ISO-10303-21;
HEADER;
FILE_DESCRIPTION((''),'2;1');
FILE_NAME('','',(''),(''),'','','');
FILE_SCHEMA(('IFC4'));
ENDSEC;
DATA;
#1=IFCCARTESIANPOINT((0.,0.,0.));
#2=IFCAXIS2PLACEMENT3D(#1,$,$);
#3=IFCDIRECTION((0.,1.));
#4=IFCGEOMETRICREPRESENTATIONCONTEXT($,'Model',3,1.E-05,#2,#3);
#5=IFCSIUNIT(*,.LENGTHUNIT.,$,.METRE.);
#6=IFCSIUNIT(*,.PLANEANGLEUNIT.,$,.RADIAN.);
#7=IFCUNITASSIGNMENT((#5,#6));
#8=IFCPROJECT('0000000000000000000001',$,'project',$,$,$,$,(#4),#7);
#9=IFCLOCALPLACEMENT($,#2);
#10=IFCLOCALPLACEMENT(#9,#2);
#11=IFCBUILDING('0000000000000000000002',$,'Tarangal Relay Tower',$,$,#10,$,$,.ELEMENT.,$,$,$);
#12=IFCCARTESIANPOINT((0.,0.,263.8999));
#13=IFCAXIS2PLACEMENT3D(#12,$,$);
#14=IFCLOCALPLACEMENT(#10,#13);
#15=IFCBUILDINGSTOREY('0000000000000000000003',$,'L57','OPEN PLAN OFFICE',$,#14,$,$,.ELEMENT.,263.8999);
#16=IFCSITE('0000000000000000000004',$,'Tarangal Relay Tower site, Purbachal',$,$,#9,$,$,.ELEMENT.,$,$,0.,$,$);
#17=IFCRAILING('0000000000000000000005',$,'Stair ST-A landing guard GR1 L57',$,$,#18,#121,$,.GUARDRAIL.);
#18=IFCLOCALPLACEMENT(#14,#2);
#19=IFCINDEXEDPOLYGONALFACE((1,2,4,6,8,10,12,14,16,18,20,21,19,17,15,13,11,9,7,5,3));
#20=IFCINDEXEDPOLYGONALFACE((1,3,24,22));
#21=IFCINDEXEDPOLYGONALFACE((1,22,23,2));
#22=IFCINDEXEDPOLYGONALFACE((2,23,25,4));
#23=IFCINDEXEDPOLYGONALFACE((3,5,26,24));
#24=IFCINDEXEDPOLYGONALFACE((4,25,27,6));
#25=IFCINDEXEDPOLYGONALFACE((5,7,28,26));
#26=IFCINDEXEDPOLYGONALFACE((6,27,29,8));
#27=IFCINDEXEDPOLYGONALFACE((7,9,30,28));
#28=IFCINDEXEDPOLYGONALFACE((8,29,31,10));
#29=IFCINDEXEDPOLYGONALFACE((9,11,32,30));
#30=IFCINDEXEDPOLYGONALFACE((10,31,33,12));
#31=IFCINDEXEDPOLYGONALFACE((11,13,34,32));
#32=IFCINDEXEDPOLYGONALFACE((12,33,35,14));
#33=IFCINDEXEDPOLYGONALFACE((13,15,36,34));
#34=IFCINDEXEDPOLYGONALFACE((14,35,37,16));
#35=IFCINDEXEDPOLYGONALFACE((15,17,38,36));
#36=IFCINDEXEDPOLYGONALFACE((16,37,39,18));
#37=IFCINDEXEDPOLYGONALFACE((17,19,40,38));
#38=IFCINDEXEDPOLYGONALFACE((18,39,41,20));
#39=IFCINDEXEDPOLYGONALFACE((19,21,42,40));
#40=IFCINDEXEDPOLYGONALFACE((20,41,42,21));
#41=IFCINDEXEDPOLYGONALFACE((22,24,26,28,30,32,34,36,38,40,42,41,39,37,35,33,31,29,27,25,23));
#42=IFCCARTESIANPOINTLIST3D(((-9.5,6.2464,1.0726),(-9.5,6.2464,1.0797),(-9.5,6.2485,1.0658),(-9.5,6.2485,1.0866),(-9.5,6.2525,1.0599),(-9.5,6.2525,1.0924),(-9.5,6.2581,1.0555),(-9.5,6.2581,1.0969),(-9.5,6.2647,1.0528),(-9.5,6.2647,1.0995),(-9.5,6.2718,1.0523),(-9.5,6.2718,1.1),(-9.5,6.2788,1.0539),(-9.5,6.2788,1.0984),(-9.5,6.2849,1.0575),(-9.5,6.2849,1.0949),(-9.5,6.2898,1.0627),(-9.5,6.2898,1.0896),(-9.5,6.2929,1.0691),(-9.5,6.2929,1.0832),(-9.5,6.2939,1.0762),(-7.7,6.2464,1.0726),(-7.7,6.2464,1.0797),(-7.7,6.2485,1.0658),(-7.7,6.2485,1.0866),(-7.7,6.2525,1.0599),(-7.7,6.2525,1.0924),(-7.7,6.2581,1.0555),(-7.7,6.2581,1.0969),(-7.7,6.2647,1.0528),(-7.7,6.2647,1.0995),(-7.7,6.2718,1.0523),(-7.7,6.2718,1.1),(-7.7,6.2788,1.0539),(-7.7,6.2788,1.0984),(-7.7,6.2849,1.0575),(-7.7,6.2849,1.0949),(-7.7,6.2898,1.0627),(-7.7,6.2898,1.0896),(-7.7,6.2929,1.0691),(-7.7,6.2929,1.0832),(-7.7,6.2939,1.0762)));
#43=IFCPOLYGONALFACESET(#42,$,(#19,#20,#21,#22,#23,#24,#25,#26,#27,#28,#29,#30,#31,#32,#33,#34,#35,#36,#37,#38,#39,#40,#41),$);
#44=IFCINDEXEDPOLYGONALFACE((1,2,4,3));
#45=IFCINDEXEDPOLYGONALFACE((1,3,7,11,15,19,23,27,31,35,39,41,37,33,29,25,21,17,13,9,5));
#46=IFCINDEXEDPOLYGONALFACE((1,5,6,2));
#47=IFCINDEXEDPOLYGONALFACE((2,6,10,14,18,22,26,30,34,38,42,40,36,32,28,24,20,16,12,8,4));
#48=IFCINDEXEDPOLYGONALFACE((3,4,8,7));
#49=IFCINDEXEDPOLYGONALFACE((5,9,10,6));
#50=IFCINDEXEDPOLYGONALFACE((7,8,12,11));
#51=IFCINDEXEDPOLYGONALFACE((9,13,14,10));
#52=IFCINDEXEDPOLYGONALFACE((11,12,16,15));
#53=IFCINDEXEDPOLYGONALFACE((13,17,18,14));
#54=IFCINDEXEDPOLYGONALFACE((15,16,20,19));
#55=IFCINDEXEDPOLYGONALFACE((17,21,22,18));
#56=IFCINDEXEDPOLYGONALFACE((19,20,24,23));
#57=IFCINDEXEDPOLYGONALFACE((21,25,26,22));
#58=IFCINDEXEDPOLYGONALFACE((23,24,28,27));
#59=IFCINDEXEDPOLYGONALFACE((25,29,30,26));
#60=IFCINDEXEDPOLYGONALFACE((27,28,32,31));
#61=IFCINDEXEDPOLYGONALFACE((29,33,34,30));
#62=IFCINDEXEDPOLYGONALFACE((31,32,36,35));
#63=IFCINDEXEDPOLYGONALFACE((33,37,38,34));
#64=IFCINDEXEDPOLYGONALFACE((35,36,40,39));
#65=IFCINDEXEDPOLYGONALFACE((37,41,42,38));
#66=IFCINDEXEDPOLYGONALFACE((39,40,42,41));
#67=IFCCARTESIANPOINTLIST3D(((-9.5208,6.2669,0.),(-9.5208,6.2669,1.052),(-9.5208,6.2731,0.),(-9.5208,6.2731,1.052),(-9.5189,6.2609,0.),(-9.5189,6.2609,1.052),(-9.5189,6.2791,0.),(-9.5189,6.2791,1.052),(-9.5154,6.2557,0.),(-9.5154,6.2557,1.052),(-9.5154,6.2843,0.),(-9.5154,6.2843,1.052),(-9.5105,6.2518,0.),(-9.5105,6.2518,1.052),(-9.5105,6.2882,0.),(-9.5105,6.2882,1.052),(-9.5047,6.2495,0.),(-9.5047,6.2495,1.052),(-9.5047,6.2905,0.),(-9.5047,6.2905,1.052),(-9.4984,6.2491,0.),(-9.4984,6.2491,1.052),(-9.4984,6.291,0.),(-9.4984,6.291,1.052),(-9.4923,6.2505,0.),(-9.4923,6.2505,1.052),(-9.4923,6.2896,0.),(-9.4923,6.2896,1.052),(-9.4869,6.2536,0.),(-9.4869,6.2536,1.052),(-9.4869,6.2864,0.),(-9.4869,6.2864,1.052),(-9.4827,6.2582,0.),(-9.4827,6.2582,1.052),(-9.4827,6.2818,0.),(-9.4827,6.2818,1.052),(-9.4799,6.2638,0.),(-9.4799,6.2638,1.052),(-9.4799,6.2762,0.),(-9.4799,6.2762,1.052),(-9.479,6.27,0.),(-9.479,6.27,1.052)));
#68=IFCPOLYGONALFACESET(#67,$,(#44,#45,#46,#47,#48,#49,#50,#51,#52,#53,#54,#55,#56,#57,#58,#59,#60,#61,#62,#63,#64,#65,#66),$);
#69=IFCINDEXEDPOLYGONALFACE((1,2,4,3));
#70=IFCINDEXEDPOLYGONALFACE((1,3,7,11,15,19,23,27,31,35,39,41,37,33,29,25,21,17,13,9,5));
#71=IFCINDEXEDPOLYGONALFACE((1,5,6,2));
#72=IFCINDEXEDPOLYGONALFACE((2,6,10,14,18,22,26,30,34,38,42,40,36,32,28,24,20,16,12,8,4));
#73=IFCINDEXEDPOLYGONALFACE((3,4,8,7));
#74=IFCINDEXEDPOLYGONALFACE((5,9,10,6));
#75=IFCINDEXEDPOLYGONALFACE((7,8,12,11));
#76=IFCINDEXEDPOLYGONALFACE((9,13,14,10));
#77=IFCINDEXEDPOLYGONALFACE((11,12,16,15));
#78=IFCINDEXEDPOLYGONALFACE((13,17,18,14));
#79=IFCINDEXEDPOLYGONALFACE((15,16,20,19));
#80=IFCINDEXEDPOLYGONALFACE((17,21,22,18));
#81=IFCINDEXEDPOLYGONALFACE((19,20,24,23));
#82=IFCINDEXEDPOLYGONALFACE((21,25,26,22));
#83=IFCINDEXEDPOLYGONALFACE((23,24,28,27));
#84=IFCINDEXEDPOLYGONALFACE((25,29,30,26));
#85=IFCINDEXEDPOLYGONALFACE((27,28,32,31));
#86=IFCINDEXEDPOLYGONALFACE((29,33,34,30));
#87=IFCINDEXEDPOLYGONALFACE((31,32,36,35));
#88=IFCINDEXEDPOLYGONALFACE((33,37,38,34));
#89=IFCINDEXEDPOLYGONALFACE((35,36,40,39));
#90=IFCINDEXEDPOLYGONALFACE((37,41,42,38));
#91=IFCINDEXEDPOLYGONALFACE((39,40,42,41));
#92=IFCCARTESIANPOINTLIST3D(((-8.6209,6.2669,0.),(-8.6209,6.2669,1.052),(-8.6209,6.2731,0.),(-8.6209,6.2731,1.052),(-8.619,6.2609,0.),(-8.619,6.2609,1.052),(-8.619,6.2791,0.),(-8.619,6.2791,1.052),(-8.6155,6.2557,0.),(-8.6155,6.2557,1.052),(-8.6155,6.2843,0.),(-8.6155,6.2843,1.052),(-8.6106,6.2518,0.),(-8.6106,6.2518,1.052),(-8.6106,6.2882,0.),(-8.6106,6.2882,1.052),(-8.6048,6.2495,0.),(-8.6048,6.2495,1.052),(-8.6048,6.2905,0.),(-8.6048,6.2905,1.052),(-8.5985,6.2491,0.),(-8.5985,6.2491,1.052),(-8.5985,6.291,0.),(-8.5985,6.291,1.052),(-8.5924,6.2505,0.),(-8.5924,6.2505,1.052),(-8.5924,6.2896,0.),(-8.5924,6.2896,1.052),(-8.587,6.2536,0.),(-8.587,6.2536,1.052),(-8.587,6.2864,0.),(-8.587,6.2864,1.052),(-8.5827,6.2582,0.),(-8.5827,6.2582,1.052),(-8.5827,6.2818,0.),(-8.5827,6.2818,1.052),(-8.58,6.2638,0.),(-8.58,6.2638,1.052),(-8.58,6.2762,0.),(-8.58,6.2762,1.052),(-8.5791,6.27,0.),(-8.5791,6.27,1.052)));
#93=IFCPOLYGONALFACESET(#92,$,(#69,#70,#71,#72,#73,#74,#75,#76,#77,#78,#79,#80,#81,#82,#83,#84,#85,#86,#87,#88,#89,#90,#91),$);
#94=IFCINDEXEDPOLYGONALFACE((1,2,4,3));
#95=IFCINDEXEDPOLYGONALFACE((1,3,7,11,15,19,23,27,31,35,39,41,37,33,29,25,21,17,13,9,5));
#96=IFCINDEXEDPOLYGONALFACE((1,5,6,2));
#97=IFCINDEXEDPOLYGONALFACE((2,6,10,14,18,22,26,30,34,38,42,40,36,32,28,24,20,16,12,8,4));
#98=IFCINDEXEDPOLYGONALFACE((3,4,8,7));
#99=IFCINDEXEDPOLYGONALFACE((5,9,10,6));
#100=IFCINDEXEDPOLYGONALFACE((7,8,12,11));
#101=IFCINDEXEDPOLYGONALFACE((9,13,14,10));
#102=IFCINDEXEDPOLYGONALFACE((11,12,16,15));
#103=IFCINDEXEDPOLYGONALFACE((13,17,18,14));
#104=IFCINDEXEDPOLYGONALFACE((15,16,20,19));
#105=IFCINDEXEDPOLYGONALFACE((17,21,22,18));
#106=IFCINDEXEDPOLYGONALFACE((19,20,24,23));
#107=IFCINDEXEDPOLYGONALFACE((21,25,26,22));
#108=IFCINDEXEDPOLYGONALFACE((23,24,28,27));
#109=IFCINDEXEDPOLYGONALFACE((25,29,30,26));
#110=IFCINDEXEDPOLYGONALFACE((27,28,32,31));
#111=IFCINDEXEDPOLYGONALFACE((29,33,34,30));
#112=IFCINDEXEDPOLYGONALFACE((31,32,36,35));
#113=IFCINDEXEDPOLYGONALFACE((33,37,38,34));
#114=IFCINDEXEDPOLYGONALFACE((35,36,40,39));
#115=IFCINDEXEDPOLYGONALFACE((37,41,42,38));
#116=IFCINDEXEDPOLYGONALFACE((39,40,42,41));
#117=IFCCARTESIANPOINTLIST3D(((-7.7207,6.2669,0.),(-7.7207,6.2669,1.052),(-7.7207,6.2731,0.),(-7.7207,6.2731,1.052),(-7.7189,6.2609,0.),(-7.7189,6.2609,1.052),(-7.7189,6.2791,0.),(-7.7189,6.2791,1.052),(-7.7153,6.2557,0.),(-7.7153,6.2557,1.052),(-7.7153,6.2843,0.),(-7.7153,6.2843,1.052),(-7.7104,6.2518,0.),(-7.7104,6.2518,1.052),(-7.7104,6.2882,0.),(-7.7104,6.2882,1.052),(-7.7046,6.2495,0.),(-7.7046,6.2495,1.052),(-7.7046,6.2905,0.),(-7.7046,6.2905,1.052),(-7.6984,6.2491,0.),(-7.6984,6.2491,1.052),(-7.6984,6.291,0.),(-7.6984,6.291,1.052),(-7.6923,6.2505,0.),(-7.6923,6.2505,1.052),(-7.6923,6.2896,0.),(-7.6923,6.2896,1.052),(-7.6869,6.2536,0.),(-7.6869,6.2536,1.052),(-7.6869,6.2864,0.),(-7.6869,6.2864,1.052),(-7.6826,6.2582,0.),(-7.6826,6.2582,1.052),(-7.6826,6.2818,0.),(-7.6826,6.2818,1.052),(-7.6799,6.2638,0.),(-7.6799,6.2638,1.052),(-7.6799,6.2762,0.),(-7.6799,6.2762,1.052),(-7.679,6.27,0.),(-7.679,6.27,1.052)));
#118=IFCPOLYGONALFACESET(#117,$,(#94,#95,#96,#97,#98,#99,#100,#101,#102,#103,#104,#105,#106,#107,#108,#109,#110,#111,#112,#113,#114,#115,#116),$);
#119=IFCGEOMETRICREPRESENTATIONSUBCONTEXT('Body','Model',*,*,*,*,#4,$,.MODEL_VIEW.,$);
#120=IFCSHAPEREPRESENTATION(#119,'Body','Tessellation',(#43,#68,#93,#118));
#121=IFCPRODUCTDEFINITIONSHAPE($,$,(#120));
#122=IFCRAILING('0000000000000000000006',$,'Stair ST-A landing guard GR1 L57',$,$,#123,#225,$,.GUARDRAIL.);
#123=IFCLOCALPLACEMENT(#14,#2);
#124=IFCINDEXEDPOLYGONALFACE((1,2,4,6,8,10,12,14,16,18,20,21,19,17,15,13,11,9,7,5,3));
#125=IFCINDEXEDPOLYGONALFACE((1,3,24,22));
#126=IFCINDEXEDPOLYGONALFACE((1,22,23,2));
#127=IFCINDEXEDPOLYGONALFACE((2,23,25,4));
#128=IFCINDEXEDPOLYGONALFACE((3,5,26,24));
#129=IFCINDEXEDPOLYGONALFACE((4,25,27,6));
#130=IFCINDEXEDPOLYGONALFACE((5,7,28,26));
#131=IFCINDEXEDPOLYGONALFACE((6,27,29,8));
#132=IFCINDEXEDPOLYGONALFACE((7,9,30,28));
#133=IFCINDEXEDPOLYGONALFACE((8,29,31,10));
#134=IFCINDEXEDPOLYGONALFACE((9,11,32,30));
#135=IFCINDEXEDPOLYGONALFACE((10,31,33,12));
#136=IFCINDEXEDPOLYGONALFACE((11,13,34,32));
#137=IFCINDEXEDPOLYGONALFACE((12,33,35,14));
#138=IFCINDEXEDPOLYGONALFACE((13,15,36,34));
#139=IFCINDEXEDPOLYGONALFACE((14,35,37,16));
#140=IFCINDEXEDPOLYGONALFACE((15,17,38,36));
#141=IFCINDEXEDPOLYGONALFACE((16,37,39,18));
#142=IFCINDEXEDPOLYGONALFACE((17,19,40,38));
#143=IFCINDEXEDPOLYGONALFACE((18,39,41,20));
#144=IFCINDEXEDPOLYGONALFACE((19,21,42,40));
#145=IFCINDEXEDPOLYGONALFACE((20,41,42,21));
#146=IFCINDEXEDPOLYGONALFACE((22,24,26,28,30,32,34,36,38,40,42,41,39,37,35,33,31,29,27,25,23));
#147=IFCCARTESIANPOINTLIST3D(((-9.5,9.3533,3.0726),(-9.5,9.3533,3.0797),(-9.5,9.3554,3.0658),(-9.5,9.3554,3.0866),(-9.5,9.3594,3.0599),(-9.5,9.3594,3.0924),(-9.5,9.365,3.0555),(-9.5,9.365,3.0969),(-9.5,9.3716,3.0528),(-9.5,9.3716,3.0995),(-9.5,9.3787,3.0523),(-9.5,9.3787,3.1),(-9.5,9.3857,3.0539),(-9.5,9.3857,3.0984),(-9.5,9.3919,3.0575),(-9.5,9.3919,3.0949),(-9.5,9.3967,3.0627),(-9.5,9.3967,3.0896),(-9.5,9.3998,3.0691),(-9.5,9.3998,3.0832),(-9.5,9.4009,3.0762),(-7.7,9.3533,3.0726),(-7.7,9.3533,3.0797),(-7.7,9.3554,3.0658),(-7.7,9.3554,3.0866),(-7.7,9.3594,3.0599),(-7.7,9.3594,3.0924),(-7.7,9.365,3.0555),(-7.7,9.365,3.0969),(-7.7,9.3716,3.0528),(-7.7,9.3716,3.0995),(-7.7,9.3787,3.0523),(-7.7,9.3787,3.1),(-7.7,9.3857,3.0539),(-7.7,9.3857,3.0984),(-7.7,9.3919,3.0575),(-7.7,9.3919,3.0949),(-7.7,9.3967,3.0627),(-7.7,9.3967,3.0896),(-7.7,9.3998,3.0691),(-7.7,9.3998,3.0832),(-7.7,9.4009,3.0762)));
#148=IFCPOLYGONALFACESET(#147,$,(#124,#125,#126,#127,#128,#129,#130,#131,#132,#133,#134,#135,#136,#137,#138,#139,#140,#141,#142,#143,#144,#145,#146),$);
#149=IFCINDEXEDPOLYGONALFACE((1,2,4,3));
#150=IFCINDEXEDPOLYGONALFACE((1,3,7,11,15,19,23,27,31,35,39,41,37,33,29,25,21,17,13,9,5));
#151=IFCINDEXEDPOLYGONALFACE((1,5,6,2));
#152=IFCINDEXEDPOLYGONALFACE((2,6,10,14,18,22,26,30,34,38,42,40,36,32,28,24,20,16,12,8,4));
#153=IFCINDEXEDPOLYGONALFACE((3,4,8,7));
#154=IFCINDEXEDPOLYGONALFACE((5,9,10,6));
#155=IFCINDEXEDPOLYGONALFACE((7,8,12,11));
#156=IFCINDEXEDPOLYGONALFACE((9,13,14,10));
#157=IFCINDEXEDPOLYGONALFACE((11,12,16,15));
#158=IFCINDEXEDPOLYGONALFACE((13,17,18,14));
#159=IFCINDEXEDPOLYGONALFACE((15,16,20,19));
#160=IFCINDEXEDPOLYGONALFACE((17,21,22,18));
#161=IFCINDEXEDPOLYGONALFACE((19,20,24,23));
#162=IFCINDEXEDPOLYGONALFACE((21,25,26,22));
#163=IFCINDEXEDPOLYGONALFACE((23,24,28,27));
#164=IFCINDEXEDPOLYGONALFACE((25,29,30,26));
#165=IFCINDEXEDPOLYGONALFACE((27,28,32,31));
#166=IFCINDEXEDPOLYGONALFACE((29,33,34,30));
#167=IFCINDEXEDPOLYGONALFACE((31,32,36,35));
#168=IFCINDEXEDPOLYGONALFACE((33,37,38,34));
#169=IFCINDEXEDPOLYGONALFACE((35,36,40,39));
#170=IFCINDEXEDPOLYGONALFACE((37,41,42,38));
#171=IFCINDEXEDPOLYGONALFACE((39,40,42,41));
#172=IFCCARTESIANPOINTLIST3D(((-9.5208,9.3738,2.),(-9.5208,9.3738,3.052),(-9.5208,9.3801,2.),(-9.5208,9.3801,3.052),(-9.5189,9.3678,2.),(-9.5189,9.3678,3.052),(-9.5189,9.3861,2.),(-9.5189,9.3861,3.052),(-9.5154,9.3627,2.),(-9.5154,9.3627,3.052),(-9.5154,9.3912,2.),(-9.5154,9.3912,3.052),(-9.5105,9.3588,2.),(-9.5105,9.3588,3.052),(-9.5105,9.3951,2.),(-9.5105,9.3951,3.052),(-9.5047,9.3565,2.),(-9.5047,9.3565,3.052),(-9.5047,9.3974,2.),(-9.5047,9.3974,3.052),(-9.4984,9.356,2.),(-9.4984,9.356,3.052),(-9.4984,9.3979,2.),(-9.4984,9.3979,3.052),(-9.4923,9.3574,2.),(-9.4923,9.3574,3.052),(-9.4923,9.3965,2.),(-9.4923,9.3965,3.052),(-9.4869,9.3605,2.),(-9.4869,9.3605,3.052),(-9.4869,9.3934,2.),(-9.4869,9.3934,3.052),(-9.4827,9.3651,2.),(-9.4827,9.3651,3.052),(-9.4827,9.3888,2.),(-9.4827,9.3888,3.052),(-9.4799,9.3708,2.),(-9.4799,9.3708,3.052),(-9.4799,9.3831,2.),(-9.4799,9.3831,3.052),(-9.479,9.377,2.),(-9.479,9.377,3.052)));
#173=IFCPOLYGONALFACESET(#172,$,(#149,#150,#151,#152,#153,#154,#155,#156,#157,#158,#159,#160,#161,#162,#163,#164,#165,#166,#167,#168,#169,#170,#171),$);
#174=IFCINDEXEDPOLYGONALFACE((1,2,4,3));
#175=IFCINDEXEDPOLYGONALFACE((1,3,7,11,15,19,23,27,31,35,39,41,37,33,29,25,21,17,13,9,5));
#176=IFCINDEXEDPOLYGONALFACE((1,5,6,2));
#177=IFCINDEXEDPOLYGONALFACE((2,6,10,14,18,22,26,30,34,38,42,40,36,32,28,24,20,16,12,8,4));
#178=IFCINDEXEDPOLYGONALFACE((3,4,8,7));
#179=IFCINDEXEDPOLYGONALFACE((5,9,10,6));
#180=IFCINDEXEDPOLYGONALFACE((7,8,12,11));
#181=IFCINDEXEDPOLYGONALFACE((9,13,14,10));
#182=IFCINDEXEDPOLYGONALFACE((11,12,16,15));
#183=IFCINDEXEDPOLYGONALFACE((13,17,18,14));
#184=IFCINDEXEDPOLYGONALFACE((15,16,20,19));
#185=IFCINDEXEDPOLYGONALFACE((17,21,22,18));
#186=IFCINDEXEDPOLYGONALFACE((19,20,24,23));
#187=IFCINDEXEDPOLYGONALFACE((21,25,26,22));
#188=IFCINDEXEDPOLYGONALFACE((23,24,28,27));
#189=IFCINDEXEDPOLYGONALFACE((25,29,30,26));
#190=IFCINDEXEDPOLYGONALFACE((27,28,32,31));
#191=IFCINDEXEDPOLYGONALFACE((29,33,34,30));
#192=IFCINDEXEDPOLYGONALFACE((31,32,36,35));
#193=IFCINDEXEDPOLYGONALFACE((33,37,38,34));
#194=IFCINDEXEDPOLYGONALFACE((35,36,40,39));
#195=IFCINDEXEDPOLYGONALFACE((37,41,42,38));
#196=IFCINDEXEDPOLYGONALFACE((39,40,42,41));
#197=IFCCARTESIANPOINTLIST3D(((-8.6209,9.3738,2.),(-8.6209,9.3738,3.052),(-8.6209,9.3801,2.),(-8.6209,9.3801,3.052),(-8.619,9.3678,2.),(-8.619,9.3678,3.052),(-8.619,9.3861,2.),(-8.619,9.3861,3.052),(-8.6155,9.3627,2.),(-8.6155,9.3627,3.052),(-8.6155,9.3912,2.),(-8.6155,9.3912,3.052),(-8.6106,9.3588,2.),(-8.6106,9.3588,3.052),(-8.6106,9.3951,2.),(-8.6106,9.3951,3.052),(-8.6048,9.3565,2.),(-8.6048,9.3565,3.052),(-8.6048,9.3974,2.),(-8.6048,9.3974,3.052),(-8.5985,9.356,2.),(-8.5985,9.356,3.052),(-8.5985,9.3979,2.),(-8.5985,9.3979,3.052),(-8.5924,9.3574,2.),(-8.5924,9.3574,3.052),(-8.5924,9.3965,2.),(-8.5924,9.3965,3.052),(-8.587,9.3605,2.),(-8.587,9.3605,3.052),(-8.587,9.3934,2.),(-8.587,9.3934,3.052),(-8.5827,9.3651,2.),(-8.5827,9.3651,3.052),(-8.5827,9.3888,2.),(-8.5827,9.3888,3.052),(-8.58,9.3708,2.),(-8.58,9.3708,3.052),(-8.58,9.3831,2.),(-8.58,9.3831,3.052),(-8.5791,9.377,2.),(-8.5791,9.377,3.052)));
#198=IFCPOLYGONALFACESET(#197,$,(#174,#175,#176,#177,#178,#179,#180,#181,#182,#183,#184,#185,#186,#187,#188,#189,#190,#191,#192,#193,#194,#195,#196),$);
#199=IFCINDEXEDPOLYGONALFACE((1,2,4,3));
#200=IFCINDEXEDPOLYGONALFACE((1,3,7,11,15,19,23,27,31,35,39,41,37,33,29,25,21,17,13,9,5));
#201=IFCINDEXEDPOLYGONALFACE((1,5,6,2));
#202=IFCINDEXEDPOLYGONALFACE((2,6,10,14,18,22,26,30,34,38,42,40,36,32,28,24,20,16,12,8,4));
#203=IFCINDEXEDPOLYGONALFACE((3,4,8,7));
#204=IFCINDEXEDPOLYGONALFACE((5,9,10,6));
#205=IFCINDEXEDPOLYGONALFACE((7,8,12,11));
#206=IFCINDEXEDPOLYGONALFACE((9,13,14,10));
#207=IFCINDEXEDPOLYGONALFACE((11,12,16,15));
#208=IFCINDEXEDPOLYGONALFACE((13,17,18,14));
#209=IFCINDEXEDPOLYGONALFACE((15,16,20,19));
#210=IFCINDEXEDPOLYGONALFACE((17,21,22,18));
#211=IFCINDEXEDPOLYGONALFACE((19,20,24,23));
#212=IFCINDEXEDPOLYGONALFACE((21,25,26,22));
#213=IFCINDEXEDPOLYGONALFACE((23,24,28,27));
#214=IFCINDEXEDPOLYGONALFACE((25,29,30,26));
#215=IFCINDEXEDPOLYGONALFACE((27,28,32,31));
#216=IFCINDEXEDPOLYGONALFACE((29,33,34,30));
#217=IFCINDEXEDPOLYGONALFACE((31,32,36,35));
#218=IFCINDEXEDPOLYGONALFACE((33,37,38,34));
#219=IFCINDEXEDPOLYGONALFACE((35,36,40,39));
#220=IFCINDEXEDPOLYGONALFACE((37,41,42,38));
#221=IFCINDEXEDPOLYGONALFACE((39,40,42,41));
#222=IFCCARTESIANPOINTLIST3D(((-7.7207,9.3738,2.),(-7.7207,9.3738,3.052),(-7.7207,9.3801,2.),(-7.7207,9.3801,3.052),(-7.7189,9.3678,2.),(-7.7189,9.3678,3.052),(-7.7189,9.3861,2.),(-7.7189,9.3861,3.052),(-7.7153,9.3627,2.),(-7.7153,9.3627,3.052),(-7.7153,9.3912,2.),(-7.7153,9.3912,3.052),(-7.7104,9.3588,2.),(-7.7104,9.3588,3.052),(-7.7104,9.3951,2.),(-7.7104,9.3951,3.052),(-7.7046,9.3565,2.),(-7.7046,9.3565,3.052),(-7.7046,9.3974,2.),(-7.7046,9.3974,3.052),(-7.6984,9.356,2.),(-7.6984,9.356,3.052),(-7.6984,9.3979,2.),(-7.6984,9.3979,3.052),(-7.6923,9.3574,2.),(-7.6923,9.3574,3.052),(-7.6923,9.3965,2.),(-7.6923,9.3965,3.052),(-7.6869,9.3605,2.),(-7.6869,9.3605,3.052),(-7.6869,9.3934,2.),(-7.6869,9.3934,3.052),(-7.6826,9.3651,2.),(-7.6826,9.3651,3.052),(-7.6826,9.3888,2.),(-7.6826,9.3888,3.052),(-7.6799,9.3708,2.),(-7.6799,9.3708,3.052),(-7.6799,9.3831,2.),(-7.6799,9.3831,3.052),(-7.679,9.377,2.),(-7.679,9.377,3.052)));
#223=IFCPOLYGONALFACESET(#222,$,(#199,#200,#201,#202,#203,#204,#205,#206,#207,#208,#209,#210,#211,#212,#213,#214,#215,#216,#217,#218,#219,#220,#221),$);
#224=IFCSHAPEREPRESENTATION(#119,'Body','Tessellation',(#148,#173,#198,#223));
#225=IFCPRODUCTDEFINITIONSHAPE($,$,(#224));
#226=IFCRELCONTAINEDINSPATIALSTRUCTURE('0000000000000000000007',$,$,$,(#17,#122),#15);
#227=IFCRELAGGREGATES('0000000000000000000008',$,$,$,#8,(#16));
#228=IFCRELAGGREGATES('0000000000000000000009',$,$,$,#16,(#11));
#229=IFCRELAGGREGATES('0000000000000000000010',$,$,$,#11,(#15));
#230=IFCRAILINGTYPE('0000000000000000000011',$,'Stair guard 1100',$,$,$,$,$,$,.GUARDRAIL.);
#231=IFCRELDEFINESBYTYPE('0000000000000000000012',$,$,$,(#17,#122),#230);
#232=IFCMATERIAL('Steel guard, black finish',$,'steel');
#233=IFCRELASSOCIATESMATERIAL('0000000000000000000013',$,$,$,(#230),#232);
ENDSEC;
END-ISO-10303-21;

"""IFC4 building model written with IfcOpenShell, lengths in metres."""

from ifc_helpers import new_model, si_unit, direction, frame, origin, origin_2d, place, context, subcontext, project, spatial, circle, extrude, material, type_object, element, save


model = new_model("IFC4")

# Units and contexts
model_context = context("Model", 3, precision=1e-05, world=origin(), true_north=direction((0.0, 1.0)))
body_context = subcontext(model_context, "Body", "Model", "MODEL_VIEW")
ifc_project = project(units=[si_unit("LENGTHUNIT", "METRE"), si_unit("PLANEANGLEUNIT", "RADIAN")], contexts=[model_context])

# Site, building, storey
site_placement = place(None, origin())
site = spatial("IfcSite", under=ifc_project, at=site_placement, Name="Tarangal Relay Tower site, Purbachal", CompositionType="ELEMENT", RefElevation=0.0)
building_placement = place(site_placement, origin())
building = spatial("IfcBuilding", under=site, at=building_placement, Name="Tarangal Relay Tower", CompositionType="ELEMENT")
storey_placement = place(building_placement, frame((0.0, 0.0, 263.8999)))
storey = spatial("IfcBuildingStorey", under=building, at=storey_placement, Name="L57", Description="OPEN PLAN OFFICE", CompositionType="ELEMENT", Elevation=263.8999)

# Railings
ifc_material_1 = material(Name="Steel guard, black finish", Category="steel")
railing_type_1 = type_object("IfcRailingType", Name="Stair guard 1100", PredefinedType="GUARDRAIL", material=ifc_material_1)
for number, where, name in (
    (1, (-9.5, 6.27, 0.0), "Stair ST-A landing guard GR1 L57"),
    (2, (-9.5, 9.377, 2.0), "Stair ST-A landing guard GR1 L57"),
):
    element("IfcRailing", number, at=place(storey_placement, frame(where)), inside=storey, type_object=railing_type_1, Name=name, PredefinedType="GUARDRAIL", context=body_context, shape_type="SweptSolid", body=[
        extrude(circle(Radius=0.0239, at=origin_2d()), frame((0.0, 0.0, 1.0762), z_axis=(1.0, 0.0, 0.0), x_axis=(0.0, 1.0, 0.0)), (0.0, 0.0, 1.0), 1.8),
        extrude(circle(Radius=0.021, at=origin_2d()), origin(), (0.0, 0.0, 1.0), 1.052),
        extrude(circle(Radius=0.021, at=origin_2d()), frame((0.8999, 0.0, 0.0)), (0.0, 0.0, 1.0), 1.052),
        extrude(circle(Radius=0.021, at=origin_2d()), frame((1.8, 0.0, 0.0)), (0.0, 0.0, 1.0), 1.052),
    ])

save(model, "model.ifc")
